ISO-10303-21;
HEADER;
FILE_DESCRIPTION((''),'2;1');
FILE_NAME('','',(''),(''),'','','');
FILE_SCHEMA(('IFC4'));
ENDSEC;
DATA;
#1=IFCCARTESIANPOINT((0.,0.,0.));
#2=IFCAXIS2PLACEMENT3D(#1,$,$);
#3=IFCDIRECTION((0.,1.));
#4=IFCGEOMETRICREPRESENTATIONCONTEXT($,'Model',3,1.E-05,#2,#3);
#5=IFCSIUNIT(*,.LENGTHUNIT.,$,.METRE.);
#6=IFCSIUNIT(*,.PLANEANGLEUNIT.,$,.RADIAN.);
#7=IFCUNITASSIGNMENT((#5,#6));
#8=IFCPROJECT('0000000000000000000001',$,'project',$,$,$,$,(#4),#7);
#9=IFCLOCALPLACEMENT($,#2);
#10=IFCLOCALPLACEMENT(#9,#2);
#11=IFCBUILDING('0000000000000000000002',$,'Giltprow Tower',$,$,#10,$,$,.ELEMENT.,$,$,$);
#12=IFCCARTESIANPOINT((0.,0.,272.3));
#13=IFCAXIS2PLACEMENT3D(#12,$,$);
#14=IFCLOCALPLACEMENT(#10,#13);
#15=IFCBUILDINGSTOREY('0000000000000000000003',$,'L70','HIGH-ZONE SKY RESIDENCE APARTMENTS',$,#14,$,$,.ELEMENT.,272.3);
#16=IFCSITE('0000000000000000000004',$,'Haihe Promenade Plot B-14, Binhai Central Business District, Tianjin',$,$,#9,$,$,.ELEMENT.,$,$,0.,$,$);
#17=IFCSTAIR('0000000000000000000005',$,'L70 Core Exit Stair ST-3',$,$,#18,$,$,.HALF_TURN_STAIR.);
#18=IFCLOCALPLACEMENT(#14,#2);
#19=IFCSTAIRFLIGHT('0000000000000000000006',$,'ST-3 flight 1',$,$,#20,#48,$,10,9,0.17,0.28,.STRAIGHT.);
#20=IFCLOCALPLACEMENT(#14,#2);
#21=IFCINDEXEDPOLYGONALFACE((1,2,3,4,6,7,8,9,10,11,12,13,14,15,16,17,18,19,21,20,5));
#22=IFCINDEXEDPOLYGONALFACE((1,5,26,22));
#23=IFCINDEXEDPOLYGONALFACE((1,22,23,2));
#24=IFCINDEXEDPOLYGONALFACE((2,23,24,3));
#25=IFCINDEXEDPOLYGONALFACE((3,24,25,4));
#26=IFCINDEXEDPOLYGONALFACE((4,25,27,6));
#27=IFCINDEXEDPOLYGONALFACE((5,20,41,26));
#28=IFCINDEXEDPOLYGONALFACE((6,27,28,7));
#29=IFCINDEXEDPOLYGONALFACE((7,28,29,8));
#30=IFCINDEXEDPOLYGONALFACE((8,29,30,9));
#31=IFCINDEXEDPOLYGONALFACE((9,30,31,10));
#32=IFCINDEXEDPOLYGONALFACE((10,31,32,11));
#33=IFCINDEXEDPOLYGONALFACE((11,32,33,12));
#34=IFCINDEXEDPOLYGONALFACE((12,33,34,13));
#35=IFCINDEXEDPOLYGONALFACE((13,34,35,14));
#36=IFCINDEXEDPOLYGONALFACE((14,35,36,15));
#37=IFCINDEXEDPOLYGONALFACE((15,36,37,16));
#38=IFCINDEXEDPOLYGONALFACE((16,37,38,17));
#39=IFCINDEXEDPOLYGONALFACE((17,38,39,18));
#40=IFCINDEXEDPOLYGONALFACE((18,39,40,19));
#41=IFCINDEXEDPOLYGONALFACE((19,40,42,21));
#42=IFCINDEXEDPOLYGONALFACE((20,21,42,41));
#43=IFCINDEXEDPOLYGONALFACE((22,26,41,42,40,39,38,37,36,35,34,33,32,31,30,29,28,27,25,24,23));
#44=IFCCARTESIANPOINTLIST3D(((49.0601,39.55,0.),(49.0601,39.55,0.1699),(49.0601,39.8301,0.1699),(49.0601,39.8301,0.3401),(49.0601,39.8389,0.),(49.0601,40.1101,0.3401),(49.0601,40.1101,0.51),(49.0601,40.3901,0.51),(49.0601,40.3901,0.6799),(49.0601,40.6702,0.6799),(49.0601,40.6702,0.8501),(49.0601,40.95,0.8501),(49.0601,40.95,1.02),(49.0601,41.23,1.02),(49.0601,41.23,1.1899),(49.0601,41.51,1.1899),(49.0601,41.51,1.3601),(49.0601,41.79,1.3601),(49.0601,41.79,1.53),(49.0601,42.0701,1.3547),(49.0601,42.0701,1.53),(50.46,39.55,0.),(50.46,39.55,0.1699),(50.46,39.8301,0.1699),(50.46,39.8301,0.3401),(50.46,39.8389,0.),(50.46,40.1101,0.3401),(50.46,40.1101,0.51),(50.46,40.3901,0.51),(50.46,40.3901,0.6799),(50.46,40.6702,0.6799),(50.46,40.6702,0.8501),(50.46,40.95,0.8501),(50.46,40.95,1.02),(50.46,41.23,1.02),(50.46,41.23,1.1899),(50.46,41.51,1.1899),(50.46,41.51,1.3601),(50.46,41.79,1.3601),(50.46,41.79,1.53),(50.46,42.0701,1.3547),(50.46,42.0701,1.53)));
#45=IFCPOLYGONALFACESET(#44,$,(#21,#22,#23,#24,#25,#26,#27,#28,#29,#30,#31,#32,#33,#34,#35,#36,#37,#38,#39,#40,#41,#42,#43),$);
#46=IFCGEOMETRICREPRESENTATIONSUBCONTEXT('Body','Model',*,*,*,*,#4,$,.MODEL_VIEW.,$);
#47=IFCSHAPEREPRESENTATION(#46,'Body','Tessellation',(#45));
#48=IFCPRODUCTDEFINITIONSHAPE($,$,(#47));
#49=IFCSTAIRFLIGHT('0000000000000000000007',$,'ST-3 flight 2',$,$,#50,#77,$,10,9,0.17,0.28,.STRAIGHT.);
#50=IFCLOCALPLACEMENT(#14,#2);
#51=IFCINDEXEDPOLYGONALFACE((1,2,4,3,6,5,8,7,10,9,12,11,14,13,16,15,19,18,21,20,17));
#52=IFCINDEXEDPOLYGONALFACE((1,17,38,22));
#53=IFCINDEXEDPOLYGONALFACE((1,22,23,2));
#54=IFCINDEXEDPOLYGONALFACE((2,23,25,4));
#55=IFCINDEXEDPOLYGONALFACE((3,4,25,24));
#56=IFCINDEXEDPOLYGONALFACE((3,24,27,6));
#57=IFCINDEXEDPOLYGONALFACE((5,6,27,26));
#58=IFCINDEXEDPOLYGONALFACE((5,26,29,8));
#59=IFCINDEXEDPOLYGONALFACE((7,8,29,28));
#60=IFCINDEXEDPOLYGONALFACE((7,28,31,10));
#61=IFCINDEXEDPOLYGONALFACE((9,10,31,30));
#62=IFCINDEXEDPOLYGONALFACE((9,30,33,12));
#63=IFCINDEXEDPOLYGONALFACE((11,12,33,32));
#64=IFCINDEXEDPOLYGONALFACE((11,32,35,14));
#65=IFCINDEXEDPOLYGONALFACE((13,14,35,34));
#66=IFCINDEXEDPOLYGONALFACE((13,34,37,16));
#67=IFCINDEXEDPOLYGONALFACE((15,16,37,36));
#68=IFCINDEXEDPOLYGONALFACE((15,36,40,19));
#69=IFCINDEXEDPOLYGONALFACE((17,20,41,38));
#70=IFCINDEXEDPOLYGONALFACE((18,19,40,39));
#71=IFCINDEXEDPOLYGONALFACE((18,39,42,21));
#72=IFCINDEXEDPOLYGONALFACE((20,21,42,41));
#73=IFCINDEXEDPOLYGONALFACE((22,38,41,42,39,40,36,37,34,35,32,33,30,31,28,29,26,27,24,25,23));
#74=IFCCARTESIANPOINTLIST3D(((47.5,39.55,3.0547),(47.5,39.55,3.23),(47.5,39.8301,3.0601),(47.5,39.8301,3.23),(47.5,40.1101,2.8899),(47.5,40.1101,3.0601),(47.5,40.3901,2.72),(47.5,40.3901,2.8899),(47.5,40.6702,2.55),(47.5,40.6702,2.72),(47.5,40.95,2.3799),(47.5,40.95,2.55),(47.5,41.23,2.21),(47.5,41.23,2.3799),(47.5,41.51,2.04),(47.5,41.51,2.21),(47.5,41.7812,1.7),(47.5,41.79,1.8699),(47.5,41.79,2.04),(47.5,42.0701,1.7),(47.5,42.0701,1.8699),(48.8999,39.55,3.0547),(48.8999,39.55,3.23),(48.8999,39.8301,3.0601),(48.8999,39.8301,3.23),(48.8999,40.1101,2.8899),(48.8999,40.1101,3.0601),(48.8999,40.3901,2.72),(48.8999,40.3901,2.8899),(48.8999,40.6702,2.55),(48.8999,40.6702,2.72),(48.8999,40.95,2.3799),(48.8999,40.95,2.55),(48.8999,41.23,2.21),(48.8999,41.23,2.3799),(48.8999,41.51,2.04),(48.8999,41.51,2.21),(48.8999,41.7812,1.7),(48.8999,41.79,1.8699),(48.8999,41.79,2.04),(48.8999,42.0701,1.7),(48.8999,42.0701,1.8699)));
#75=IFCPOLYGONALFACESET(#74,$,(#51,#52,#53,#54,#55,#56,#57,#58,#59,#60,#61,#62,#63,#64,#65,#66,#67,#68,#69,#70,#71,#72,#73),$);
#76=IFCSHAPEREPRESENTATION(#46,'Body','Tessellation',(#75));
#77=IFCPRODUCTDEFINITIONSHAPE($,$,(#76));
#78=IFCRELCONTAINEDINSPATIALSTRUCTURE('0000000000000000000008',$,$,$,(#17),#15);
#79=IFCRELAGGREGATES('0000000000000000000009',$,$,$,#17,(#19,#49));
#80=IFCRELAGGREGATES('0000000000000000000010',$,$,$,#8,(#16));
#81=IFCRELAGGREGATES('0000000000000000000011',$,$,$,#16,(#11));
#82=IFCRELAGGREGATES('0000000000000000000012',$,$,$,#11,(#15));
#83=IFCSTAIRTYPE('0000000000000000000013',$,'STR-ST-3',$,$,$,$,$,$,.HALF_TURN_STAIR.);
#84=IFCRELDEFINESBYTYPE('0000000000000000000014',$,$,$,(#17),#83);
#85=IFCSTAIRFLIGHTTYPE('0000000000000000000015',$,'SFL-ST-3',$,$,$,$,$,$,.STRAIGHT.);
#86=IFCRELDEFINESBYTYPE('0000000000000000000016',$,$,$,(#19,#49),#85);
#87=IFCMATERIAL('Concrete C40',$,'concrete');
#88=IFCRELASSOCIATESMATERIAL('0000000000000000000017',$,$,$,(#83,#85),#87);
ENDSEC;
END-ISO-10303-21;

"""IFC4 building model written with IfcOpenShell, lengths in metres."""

from ifc_helpers import new_model, si_unit, direction, frame, origin, place, context, subcontext, project, spatial, polyline, outline, extrude, material, type_object, element, aggregate, save


model = new_model("IFC4")

# Units and contexts
model_context = context("Model", 3, precision=1e-05, world=origin(), true_north=direction((0.0, 1.0)))
body_context = subcontext(model_context, "Body", "Model", "MODEL_VIEW")
ifc_project = project(units=[si_unit("LENGTHUNIT", "METRE"), si_unit("PLANEANGLEUNIT", "RADIAN")], contexts=[model_context])

# Site, building, storey
site_placement = place(None, origin())
site = spatial("IfcSite", under=ifc_project, at=site_placement, Name="Haihe Promenade Plot B-14, Binhai Central Business District, Tianjin", CompositionType="ELEMENT", RefElevation=0.0)
building_placement = place(site_placement, origin())
building = spatial("IfcBuilding", under=site, at=building_placement, Name="Giltprow Tower", CompositionType="ELEMENT")
storey_placement = place(building_placement, frame((0.0, 0.0, 272.3)))
storey = spatial("IfcBuildingStorey", under=building, at=storey_placement, Name="L70", Description="HIGH-ZONE SKY RESIDENCE APARTMENTS", CompositionType="ELEMENT", Elevation=272.3)

# Shared definitions
ifc_material_1 = material(Name="Concrete C40", Category="concrete")

# Stair, stair flights
stair_type = type_object("IfcStairType", Name="STR-ST-3", PredefinedType="HALF_TURN_STAIR", material=ifc_material_1)
stair_placement = place(storey_placement, origin())
stair = element("IfcStair", 1, at=stair_placement, inside=storey, type_object=stair_type, Name="L70 Core Exit Stair ST-3", PredefinedType="HALF_TURN_STAIR")
stair_flight_type = type_object("IfcStairFlightType", Name="SFL-ST-3", PredefinedType="STRAIGHT", material=ifc_material_1)
stair_flight_1_placement = place(storey_placement, frame((49.76, 39.55, 0.0), z_axis=(0.0, 0.0, 1.0), x_axis=(0.0, 1.0, 0.0)))
stair_flight_1 = element("IfcStairFlight", 2, at=stair_flight_1_placement, type_object=stair_flight_type, Name="ST-3 flight 1", NumberOfRisers=10, NumberOfTreads=9, PredefinedType="STRAIGHT", RiserHeight=0.17, TreadLength=0.28, context=body_context, shape_type="SweptSolid", body=[
    extrude(outline(polyline([(0.0, 0.0), (0.0, 0.1699), (0.28, 0.1699), (0.28, 0.3401), (0.5601, 0.3401), (0.5601, 0.51), (0.8401, 0.51), (0.8401, 0.6799), (1.1201, 0.6799), (1.1201, 0.8501), (1.3999, 0.8501), (1.3999, 1.02), (1.6799, 1.02), (1.6799, 1.1899), (1.96, 1.1899), (1.96, 1.3601), (2.24, 1.3601), (2.24, 1.53), (2.52, 1.53), (2.52, 1.7), (2.52, 1.3547), (0.2888, 0.0), (0.0, 0.0)])), frame((0.0, 0.7, 0.0), z_axis=(0.0, -1.0, 0.0), x_axis=(1.0, 0.0, 0.0)), (0.0, 0.0, 1.0), 1.3999),
])
stair_flight_2_placement = place(storey_placement, frame((48.2, 42.0701, 1.7), z_axis=(0.0, 0.0, 1.0), x_axis=(0.0, -1.0, 0.0)))
stair_flight_2 = element("IfcStairFlight", 3, at=stair_flight_2_placement, type_object=stair_flight_type, Name="ST-3 flight 2", NumberOfRisers=10, NumberOfTreads=9, PredefinedType="STRAIGHT", RiserHeight=0.17, TreadLength=0.28, context=body_context, shape_type="SweptSolid", body=[
    extrude(outline(polyline([(0.0, 0.0), (0.0, 0.1699), (0.28, 0.1699), (0.28, 0.3401), (0.5601, 0.3401), (0.5601, 0.51), (0.8401, 0.51), (0.8401, 0.6799), (1.1201, 0.6799), (1.1201, 0.8501), (1.3999, 0.8501), (1.3999, 1.02), (1.6799, 1.02), (1.6799, 1.1899), (1.96, 1.1899), (1.96, 1.3601), (2.24, 1.3601), (2.24, 1.53), (2.52, 1.53), (2.52, 1.7), (2.52, 1.3547), (0.2888, 0.0), (0.0, 0.0)])), frame((0.0, 0.7, 0.0), z_axis=(0.0, -1.0, 0.0), x_axis=(1.0, 0.0, 0.0)), (0.0, 0.0, 1.0), 1.3999),
])
aggregate(stair, [stair_flight_1, stair_flight_2])

save(model, "model.ifc")
